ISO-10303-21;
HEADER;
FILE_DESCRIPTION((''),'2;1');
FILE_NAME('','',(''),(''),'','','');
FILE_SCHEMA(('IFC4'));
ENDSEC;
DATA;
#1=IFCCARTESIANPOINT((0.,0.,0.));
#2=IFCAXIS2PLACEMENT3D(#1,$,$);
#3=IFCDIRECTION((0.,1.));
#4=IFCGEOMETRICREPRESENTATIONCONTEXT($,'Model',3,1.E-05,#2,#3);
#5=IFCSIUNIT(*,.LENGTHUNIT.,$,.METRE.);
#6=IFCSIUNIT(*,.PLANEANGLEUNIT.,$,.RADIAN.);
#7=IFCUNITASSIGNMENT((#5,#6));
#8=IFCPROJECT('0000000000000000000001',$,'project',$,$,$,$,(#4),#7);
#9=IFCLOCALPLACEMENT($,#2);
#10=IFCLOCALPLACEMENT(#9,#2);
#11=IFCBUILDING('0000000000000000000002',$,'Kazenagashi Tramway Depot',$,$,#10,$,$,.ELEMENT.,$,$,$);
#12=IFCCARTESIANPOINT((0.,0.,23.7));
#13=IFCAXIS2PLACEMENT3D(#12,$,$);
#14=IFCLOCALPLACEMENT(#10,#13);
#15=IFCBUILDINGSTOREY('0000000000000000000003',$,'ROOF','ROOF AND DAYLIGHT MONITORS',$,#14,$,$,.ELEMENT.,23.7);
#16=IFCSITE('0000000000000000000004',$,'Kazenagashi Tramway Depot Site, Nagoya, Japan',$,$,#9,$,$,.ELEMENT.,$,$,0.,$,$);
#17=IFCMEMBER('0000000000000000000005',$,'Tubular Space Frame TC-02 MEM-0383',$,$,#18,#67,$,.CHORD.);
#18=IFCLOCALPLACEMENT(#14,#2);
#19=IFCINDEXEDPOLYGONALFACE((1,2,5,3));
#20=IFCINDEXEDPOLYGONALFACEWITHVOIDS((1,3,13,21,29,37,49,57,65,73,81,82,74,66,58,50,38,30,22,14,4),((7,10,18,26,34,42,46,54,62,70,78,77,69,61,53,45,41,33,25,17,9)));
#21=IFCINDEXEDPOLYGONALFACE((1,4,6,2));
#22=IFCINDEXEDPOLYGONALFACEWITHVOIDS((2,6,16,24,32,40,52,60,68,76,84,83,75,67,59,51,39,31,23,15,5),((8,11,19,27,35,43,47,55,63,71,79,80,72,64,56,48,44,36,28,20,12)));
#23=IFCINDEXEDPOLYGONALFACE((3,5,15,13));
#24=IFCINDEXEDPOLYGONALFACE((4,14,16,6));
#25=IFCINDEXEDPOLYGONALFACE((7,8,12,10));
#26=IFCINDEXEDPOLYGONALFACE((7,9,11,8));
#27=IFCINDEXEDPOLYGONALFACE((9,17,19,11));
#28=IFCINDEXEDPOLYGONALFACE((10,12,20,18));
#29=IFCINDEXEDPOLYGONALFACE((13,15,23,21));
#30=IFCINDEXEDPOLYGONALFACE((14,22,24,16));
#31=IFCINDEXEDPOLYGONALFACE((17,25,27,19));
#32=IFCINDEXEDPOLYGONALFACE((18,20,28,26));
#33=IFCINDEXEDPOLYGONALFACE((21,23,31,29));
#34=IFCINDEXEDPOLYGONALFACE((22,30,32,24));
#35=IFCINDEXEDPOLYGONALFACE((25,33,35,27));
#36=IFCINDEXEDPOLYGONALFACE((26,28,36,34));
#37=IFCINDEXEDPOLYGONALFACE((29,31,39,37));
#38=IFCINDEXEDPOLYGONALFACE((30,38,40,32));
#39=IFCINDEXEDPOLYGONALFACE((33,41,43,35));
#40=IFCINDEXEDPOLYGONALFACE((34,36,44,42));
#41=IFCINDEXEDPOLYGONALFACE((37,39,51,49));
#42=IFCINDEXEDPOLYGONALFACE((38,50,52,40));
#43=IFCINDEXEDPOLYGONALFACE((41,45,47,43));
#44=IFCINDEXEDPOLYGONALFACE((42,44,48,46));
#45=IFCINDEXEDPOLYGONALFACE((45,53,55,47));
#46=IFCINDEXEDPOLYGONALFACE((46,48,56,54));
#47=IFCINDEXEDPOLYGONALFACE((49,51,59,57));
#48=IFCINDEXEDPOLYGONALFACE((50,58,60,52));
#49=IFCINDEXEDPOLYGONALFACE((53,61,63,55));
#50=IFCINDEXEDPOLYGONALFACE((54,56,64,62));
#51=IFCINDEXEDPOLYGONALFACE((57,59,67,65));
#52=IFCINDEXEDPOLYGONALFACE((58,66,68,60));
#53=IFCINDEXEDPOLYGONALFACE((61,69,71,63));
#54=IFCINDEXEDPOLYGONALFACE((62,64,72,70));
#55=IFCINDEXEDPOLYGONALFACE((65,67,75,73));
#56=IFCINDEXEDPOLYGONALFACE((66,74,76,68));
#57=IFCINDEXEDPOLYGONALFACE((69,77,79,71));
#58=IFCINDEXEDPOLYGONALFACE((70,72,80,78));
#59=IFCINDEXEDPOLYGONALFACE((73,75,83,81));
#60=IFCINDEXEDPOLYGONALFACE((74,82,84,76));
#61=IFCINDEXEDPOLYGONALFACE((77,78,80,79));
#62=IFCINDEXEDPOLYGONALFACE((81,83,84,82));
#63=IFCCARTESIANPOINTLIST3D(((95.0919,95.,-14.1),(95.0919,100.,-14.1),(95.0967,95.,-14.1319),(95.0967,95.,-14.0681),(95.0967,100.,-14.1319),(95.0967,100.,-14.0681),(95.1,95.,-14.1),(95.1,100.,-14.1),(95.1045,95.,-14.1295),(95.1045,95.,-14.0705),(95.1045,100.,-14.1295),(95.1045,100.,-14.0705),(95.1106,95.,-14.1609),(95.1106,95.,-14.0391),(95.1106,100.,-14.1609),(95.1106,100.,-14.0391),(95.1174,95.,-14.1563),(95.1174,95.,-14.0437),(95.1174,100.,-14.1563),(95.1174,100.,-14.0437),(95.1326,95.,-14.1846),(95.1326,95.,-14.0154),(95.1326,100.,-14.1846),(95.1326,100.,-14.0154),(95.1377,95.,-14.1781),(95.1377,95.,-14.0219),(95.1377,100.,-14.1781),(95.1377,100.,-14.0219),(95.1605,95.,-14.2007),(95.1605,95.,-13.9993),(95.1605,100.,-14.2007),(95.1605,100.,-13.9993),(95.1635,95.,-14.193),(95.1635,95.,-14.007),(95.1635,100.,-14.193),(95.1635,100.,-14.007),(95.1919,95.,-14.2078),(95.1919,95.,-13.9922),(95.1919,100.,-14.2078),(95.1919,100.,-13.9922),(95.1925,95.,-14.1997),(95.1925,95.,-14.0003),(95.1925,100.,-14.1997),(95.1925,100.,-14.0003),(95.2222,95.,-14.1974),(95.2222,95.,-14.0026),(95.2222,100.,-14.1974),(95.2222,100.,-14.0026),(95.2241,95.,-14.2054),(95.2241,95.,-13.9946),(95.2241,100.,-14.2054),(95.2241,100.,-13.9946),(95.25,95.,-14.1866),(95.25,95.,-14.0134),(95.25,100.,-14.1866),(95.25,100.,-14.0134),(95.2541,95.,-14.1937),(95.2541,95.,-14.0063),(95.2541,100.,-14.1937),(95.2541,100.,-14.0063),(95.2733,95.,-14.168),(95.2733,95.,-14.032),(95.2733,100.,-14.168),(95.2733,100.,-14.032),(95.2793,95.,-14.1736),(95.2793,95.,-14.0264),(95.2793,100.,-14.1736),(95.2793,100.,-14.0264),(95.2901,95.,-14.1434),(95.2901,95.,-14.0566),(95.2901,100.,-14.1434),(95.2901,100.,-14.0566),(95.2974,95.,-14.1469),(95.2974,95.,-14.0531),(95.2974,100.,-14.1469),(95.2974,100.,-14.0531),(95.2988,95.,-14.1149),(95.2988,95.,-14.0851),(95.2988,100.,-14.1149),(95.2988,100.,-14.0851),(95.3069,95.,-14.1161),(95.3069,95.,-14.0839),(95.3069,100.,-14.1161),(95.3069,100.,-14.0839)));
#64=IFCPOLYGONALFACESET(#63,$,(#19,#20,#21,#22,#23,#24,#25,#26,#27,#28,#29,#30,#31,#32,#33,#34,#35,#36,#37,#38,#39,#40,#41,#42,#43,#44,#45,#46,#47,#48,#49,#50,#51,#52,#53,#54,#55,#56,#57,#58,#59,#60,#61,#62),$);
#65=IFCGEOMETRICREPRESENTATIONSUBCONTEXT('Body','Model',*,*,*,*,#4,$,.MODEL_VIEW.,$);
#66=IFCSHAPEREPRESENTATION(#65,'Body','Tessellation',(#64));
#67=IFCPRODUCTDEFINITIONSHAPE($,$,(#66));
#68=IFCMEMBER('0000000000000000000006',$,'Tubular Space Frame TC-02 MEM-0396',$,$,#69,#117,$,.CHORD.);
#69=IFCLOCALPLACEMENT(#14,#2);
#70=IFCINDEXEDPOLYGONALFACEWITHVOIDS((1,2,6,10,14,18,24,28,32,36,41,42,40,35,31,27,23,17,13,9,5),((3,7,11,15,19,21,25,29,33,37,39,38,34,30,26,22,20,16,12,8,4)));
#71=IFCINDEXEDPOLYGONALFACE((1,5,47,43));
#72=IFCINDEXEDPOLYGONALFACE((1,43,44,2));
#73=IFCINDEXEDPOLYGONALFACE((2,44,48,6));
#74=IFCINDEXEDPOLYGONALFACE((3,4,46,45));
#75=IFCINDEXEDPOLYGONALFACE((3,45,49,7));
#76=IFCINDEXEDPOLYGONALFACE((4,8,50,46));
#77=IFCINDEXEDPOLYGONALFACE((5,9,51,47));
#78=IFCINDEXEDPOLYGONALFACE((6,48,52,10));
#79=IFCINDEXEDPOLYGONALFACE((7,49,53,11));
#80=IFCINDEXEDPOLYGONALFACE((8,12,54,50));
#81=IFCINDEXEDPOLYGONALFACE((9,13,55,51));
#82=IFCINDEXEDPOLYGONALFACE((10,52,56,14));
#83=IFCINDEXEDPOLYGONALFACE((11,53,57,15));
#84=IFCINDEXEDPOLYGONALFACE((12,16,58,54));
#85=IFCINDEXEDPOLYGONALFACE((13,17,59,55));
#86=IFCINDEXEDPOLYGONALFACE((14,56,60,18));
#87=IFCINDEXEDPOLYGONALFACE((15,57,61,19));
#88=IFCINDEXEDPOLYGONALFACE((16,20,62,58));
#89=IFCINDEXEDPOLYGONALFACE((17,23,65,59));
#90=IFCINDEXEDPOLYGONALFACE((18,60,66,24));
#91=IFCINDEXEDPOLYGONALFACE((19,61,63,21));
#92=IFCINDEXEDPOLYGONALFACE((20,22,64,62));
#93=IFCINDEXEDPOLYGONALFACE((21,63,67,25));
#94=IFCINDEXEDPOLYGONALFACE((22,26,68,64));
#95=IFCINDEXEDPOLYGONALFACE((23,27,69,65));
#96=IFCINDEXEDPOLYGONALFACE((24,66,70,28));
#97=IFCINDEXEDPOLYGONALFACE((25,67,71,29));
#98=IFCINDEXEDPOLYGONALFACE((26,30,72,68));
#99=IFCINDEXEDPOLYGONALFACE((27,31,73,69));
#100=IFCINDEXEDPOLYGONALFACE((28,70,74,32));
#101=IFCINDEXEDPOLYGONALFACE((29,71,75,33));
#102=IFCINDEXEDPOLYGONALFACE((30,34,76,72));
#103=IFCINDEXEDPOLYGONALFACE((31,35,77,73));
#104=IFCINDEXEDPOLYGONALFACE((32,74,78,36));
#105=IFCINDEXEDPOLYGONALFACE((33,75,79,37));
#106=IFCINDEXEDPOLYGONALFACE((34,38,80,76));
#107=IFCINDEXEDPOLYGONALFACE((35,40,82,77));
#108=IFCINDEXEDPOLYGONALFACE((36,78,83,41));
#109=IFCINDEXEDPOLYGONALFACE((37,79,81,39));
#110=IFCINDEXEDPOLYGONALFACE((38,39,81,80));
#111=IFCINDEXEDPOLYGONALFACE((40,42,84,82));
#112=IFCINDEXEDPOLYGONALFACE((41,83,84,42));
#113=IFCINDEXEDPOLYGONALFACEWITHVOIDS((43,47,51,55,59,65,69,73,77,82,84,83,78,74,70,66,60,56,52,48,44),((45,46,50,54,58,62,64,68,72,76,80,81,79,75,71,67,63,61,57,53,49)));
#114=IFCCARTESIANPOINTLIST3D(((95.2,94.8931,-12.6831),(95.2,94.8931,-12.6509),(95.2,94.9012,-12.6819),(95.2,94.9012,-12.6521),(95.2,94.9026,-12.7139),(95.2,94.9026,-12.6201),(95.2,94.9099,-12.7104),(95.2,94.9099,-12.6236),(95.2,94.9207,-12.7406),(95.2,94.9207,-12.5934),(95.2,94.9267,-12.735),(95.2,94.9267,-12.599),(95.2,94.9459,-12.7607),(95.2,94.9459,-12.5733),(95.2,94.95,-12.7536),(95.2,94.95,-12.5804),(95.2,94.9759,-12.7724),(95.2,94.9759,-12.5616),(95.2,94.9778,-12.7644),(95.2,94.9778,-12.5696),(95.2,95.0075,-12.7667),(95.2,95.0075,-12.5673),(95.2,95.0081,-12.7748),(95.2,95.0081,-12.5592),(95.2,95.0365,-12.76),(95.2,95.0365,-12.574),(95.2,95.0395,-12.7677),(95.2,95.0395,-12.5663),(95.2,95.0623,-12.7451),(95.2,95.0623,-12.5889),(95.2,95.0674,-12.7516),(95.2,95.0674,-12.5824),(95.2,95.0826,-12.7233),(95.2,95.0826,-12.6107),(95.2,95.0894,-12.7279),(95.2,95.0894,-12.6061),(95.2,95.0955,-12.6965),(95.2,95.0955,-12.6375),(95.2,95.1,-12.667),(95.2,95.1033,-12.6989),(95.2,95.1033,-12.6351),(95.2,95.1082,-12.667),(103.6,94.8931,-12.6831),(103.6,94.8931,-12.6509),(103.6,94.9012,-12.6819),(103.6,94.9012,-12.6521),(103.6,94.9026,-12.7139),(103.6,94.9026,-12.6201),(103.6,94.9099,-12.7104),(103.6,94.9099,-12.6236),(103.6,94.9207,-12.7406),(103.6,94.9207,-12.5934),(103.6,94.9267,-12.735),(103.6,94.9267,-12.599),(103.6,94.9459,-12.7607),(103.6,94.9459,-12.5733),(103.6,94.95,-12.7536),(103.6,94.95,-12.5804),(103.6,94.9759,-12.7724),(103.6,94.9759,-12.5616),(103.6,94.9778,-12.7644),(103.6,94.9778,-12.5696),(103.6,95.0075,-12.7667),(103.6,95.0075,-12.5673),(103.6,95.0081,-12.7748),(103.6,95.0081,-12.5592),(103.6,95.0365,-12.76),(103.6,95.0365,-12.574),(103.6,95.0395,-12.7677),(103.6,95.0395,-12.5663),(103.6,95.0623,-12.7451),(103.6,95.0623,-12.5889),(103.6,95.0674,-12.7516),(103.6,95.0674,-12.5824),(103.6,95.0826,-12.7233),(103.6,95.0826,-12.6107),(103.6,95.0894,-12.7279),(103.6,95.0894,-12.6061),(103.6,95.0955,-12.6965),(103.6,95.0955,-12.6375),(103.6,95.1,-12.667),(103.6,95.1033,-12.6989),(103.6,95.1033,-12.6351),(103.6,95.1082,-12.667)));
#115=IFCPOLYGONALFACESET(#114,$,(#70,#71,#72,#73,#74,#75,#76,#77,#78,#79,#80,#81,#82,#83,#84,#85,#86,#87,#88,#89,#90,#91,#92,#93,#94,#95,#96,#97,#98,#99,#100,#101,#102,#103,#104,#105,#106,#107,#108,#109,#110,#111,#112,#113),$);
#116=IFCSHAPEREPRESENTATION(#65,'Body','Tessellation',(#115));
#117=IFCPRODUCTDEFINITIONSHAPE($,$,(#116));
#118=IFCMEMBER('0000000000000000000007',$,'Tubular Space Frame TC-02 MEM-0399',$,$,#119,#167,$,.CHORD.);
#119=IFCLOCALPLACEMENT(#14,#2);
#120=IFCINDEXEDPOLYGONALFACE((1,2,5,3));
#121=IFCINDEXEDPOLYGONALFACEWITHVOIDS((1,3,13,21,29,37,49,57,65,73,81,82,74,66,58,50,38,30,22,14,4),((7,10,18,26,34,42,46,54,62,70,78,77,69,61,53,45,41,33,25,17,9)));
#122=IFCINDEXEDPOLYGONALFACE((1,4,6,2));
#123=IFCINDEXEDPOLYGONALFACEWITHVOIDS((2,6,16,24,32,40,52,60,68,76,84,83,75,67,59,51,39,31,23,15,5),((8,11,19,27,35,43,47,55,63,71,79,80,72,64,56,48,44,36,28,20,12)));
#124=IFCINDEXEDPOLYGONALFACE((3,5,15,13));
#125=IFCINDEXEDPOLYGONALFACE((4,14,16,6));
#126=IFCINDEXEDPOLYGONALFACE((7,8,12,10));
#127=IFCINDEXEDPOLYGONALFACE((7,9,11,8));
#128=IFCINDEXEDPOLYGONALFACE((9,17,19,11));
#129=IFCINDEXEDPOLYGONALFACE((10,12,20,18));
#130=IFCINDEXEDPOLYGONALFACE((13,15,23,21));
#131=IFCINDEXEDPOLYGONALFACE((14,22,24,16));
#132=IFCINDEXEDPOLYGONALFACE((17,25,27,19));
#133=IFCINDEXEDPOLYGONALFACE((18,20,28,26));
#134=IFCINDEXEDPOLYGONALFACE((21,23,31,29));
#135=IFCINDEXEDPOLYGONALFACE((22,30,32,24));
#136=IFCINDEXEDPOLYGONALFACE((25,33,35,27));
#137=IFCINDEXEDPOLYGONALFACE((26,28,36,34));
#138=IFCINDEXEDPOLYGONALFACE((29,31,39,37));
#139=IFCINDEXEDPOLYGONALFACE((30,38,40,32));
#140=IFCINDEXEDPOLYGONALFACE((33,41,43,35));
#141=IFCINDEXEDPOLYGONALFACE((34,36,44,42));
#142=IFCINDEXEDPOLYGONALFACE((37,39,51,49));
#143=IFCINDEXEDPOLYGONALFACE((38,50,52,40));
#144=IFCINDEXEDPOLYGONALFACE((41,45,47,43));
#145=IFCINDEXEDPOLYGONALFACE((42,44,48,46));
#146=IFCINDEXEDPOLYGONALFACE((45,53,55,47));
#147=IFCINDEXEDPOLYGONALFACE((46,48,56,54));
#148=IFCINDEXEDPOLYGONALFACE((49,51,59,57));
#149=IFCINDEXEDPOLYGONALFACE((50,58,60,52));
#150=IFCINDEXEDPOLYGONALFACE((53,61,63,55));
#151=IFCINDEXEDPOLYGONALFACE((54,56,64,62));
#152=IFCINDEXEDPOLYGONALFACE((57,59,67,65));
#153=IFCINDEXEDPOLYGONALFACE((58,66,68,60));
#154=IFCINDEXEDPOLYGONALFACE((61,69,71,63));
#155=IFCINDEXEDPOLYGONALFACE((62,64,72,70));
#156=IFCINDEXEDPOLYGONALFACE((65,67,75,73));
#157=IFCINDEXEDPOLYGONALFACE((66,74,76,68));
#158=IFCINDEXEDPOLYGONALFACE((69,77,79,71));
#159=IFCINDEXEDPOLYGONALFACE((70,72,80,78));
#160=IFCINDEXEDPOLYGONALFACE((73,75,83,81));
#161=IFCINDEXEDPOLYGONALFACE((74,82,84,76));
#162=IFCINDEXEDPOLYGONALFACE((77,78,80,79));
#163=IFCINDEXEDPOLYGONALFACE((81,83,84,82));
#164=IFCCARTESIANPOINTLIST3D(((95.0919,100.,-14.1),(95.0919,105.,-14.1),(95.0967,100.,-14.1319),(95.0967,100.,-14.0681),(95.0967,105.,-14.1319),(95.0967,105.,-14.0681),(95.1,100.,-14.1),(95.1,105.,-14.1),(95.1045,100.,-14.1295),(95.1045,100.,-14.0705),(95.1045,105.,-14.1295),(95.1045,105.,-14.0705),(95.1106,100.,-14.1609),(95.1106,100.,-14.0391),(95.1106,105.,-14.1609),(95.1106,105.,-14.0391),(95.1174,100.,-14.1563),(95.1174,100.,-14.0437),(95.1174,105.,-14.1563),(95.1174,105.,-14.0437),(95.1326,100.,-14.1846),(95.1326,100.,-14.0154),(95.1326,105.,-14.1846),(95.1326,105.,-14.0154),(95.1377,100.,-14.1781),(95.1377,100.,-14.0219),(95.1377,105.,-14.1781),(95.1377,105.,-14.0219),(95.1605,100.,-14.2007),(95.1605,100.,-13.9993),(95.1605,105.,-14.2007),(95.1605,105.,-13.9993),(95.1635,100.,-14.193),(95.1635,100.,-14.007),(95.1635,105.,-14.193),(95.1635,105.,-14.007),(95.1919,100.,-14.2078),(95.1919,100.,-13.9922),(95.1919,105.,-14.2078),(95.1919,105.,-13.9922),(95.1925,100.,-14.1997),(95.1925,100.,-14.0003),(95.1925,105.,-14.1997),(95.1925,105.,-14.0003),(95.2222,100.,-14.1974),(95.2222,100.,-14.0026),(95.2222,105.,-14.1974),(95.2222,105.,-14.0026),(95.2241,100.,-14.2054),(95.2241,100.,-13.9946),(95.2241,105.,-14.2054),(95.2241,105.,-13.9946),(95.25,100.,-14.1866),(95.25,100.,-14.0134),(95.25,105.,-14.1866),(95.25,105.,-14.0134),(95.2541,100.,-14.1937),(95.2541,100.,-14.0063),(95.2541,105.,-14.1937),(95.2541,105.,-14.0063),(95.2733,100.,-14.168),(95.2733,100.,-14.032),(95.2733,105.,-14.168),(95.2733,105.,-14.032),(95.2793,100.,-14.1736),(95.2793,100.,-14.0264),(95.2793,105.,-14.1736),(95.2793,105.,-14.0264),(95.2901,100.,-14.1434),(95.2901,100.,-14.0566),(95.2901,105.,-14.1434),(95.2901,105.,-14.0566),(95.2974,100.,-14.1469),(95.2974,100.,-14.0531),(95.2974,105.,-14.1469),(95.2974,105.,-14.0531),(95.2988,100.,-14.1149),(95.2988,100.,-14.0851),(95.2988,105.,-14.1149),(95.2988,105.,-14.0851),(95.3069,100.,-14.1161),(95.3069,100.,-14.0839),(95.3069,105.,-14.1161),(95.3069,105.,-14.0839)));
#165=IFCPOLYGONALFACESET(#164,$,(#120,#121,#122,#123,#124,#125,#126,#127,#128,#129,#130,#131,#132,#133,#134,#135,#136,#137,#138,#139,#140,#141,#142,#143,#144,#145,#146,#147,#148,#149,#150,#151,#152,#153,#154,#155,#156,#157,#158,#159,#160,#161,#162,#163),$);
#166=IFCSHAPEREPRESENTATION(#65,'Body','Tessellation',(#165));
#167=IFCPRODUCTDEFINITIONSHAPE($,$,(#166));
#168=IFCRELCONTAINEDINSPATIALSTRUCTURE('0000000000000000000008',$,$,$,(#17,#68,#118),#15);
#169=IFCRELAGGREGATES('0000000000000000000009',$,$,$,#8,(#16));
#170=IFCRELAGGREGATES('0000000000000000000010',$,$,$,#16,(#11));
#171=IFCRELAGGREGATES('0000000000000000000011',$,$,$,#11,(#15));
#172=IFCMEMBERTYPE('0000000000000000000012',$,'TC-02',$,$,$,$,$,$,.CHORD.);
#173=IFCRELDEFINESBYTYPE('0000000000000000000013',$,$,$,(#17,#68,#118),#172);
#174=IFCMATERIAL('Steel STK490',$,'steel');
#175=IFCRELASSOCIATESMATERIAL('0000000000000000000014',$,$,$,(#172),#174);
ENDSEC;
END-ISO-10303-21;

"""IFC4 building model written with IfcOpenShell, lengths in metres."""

from ifc_helpers import new_model, si_unit, direction, frame, origin, origin_2d, place, context, subcontext, project, spatial, hollow_circle, extrude, material, material_profile, profile_set, type_object, element, save


model = new_model("IFC4")

# Units and contexts
model_context = context("Model", 3, precision=1e-05, world=origin(), true_north=direction((0.0, 1.0)))
body_context = subcontext(model_context, "Body", "Model", "MODEL_VIEW")
ifc_project = project(units=[si_unit("LENGTHUNIT", "METRE"), si_unit("PLANEANGLEUNIT", "RADIAN")], contexts=[model_context])

# Site, building, storey
site_placement = place(None, origin())
site = spatial("IfcSite", under=ifc_project, at=site_placement, Name="Kazenagashi Tramway Depot Site, Nagoya, Japan", CompositionType="ELEMENT", RefElevation=0.0)
building_placement = place(site_placement, origin())
building = spatial("IfcBuilding", under=site, at=building_placement, Name="Kazenagashi Tramway Depot", CompositionType="ELEMENT")
storey_placement = place(building_placement, frame((0.0, 0.0, 23.7)))
storey = spatial("IfcBuildingStorey", under=building, at=storey_placement, Name="ROOF", Description="ROOF AND DAYLIGHT MONITORS", CompositionType="ELEMENT", Elevation=23.7)

# Members
ifc_material_1 = material(Name="Steel STK490", Category="steel")
ifc_material_profile_1 = material_profile(ifc_material_1, hollow_circle(Radius=0.1081, WallThickness=0.0082, at=origin_2d()), Name="CHS-216.3x8.2")
ifc_profile_set_1 = profile_set([ifc_material_profile_1], Name="Steel STK490")
member_type_1 = type_object("IfcMemberType", Name="TC-02", PredefinedType="CHORD", material=ifc_profile_set_1)
for number, where, z_axis, x_axis, name in (
    (1, (95.2, 95.0, -14.1), (0.0, 1.0, 0.0), (-1.0, 0.0, 0.0), "Tubular Space Frame TC-02 MEM-0383"),
):
    element("IfcMember", number, at=place(storey_placement, frame(where, z_axis=z_axis, x_axis=x_axis)), inside=storey, type_object=member_type_1, Name=name, PredefinedType="CHORD", context=body_context, shape_type="SweptSolid", body=[
        extrude(hollow_circle(Radius=0.1081, WallThickness=0.0082, at=origin_2d()), origin(), (0.0, 0.0, 1.0), 5.0),
    ])
member_1_placement = place(storey_placement, frame((95.2, 95.0, -12.667), z_axis=(1.0, 0.0, 0.0), x_axis=(0.0, 1.0, 0.0)))
element("IfcMember", 2, at=member_1_placement, inside=storey, type_object=member_type_1, Name="Tubular Space Frame TC-02 MEM-0396", PredefinedType="CHORD", context=body_context, shape_type="SweptSolid", body=[
    extrude(hollow_circle(Radius=0.1081, WallThickness=0.0082, at=origin_2d()), origin(), (0.0, 0.0, 1.0), 8.4),
])
for number, where, z_axis, x_axis, name in (
    (3, (95.2, 100.0, -14.1), (0.0, 1.0, 0.0), (-1.0, 0.0, 0.0), "Tubular Space Frame TC-02 MEM-0399"),
):
    element("IfcMember", number, at=place(storey_placement, frame(where, z_axis=z_axis, x_axis=x_axis)), inside=storey, type_object=member_type_1, Name=name, PredefinedType="CHORD", context=body_context, shape_type="SweptSolid", body=[
        extrude(hollow_circle(Radius=0.1081, WallThickness=0.0082, at=origin_2d()), origin(), (0.0, 0.0, 1.0), 5.0),
    ])

save(model, "model.ifc")
